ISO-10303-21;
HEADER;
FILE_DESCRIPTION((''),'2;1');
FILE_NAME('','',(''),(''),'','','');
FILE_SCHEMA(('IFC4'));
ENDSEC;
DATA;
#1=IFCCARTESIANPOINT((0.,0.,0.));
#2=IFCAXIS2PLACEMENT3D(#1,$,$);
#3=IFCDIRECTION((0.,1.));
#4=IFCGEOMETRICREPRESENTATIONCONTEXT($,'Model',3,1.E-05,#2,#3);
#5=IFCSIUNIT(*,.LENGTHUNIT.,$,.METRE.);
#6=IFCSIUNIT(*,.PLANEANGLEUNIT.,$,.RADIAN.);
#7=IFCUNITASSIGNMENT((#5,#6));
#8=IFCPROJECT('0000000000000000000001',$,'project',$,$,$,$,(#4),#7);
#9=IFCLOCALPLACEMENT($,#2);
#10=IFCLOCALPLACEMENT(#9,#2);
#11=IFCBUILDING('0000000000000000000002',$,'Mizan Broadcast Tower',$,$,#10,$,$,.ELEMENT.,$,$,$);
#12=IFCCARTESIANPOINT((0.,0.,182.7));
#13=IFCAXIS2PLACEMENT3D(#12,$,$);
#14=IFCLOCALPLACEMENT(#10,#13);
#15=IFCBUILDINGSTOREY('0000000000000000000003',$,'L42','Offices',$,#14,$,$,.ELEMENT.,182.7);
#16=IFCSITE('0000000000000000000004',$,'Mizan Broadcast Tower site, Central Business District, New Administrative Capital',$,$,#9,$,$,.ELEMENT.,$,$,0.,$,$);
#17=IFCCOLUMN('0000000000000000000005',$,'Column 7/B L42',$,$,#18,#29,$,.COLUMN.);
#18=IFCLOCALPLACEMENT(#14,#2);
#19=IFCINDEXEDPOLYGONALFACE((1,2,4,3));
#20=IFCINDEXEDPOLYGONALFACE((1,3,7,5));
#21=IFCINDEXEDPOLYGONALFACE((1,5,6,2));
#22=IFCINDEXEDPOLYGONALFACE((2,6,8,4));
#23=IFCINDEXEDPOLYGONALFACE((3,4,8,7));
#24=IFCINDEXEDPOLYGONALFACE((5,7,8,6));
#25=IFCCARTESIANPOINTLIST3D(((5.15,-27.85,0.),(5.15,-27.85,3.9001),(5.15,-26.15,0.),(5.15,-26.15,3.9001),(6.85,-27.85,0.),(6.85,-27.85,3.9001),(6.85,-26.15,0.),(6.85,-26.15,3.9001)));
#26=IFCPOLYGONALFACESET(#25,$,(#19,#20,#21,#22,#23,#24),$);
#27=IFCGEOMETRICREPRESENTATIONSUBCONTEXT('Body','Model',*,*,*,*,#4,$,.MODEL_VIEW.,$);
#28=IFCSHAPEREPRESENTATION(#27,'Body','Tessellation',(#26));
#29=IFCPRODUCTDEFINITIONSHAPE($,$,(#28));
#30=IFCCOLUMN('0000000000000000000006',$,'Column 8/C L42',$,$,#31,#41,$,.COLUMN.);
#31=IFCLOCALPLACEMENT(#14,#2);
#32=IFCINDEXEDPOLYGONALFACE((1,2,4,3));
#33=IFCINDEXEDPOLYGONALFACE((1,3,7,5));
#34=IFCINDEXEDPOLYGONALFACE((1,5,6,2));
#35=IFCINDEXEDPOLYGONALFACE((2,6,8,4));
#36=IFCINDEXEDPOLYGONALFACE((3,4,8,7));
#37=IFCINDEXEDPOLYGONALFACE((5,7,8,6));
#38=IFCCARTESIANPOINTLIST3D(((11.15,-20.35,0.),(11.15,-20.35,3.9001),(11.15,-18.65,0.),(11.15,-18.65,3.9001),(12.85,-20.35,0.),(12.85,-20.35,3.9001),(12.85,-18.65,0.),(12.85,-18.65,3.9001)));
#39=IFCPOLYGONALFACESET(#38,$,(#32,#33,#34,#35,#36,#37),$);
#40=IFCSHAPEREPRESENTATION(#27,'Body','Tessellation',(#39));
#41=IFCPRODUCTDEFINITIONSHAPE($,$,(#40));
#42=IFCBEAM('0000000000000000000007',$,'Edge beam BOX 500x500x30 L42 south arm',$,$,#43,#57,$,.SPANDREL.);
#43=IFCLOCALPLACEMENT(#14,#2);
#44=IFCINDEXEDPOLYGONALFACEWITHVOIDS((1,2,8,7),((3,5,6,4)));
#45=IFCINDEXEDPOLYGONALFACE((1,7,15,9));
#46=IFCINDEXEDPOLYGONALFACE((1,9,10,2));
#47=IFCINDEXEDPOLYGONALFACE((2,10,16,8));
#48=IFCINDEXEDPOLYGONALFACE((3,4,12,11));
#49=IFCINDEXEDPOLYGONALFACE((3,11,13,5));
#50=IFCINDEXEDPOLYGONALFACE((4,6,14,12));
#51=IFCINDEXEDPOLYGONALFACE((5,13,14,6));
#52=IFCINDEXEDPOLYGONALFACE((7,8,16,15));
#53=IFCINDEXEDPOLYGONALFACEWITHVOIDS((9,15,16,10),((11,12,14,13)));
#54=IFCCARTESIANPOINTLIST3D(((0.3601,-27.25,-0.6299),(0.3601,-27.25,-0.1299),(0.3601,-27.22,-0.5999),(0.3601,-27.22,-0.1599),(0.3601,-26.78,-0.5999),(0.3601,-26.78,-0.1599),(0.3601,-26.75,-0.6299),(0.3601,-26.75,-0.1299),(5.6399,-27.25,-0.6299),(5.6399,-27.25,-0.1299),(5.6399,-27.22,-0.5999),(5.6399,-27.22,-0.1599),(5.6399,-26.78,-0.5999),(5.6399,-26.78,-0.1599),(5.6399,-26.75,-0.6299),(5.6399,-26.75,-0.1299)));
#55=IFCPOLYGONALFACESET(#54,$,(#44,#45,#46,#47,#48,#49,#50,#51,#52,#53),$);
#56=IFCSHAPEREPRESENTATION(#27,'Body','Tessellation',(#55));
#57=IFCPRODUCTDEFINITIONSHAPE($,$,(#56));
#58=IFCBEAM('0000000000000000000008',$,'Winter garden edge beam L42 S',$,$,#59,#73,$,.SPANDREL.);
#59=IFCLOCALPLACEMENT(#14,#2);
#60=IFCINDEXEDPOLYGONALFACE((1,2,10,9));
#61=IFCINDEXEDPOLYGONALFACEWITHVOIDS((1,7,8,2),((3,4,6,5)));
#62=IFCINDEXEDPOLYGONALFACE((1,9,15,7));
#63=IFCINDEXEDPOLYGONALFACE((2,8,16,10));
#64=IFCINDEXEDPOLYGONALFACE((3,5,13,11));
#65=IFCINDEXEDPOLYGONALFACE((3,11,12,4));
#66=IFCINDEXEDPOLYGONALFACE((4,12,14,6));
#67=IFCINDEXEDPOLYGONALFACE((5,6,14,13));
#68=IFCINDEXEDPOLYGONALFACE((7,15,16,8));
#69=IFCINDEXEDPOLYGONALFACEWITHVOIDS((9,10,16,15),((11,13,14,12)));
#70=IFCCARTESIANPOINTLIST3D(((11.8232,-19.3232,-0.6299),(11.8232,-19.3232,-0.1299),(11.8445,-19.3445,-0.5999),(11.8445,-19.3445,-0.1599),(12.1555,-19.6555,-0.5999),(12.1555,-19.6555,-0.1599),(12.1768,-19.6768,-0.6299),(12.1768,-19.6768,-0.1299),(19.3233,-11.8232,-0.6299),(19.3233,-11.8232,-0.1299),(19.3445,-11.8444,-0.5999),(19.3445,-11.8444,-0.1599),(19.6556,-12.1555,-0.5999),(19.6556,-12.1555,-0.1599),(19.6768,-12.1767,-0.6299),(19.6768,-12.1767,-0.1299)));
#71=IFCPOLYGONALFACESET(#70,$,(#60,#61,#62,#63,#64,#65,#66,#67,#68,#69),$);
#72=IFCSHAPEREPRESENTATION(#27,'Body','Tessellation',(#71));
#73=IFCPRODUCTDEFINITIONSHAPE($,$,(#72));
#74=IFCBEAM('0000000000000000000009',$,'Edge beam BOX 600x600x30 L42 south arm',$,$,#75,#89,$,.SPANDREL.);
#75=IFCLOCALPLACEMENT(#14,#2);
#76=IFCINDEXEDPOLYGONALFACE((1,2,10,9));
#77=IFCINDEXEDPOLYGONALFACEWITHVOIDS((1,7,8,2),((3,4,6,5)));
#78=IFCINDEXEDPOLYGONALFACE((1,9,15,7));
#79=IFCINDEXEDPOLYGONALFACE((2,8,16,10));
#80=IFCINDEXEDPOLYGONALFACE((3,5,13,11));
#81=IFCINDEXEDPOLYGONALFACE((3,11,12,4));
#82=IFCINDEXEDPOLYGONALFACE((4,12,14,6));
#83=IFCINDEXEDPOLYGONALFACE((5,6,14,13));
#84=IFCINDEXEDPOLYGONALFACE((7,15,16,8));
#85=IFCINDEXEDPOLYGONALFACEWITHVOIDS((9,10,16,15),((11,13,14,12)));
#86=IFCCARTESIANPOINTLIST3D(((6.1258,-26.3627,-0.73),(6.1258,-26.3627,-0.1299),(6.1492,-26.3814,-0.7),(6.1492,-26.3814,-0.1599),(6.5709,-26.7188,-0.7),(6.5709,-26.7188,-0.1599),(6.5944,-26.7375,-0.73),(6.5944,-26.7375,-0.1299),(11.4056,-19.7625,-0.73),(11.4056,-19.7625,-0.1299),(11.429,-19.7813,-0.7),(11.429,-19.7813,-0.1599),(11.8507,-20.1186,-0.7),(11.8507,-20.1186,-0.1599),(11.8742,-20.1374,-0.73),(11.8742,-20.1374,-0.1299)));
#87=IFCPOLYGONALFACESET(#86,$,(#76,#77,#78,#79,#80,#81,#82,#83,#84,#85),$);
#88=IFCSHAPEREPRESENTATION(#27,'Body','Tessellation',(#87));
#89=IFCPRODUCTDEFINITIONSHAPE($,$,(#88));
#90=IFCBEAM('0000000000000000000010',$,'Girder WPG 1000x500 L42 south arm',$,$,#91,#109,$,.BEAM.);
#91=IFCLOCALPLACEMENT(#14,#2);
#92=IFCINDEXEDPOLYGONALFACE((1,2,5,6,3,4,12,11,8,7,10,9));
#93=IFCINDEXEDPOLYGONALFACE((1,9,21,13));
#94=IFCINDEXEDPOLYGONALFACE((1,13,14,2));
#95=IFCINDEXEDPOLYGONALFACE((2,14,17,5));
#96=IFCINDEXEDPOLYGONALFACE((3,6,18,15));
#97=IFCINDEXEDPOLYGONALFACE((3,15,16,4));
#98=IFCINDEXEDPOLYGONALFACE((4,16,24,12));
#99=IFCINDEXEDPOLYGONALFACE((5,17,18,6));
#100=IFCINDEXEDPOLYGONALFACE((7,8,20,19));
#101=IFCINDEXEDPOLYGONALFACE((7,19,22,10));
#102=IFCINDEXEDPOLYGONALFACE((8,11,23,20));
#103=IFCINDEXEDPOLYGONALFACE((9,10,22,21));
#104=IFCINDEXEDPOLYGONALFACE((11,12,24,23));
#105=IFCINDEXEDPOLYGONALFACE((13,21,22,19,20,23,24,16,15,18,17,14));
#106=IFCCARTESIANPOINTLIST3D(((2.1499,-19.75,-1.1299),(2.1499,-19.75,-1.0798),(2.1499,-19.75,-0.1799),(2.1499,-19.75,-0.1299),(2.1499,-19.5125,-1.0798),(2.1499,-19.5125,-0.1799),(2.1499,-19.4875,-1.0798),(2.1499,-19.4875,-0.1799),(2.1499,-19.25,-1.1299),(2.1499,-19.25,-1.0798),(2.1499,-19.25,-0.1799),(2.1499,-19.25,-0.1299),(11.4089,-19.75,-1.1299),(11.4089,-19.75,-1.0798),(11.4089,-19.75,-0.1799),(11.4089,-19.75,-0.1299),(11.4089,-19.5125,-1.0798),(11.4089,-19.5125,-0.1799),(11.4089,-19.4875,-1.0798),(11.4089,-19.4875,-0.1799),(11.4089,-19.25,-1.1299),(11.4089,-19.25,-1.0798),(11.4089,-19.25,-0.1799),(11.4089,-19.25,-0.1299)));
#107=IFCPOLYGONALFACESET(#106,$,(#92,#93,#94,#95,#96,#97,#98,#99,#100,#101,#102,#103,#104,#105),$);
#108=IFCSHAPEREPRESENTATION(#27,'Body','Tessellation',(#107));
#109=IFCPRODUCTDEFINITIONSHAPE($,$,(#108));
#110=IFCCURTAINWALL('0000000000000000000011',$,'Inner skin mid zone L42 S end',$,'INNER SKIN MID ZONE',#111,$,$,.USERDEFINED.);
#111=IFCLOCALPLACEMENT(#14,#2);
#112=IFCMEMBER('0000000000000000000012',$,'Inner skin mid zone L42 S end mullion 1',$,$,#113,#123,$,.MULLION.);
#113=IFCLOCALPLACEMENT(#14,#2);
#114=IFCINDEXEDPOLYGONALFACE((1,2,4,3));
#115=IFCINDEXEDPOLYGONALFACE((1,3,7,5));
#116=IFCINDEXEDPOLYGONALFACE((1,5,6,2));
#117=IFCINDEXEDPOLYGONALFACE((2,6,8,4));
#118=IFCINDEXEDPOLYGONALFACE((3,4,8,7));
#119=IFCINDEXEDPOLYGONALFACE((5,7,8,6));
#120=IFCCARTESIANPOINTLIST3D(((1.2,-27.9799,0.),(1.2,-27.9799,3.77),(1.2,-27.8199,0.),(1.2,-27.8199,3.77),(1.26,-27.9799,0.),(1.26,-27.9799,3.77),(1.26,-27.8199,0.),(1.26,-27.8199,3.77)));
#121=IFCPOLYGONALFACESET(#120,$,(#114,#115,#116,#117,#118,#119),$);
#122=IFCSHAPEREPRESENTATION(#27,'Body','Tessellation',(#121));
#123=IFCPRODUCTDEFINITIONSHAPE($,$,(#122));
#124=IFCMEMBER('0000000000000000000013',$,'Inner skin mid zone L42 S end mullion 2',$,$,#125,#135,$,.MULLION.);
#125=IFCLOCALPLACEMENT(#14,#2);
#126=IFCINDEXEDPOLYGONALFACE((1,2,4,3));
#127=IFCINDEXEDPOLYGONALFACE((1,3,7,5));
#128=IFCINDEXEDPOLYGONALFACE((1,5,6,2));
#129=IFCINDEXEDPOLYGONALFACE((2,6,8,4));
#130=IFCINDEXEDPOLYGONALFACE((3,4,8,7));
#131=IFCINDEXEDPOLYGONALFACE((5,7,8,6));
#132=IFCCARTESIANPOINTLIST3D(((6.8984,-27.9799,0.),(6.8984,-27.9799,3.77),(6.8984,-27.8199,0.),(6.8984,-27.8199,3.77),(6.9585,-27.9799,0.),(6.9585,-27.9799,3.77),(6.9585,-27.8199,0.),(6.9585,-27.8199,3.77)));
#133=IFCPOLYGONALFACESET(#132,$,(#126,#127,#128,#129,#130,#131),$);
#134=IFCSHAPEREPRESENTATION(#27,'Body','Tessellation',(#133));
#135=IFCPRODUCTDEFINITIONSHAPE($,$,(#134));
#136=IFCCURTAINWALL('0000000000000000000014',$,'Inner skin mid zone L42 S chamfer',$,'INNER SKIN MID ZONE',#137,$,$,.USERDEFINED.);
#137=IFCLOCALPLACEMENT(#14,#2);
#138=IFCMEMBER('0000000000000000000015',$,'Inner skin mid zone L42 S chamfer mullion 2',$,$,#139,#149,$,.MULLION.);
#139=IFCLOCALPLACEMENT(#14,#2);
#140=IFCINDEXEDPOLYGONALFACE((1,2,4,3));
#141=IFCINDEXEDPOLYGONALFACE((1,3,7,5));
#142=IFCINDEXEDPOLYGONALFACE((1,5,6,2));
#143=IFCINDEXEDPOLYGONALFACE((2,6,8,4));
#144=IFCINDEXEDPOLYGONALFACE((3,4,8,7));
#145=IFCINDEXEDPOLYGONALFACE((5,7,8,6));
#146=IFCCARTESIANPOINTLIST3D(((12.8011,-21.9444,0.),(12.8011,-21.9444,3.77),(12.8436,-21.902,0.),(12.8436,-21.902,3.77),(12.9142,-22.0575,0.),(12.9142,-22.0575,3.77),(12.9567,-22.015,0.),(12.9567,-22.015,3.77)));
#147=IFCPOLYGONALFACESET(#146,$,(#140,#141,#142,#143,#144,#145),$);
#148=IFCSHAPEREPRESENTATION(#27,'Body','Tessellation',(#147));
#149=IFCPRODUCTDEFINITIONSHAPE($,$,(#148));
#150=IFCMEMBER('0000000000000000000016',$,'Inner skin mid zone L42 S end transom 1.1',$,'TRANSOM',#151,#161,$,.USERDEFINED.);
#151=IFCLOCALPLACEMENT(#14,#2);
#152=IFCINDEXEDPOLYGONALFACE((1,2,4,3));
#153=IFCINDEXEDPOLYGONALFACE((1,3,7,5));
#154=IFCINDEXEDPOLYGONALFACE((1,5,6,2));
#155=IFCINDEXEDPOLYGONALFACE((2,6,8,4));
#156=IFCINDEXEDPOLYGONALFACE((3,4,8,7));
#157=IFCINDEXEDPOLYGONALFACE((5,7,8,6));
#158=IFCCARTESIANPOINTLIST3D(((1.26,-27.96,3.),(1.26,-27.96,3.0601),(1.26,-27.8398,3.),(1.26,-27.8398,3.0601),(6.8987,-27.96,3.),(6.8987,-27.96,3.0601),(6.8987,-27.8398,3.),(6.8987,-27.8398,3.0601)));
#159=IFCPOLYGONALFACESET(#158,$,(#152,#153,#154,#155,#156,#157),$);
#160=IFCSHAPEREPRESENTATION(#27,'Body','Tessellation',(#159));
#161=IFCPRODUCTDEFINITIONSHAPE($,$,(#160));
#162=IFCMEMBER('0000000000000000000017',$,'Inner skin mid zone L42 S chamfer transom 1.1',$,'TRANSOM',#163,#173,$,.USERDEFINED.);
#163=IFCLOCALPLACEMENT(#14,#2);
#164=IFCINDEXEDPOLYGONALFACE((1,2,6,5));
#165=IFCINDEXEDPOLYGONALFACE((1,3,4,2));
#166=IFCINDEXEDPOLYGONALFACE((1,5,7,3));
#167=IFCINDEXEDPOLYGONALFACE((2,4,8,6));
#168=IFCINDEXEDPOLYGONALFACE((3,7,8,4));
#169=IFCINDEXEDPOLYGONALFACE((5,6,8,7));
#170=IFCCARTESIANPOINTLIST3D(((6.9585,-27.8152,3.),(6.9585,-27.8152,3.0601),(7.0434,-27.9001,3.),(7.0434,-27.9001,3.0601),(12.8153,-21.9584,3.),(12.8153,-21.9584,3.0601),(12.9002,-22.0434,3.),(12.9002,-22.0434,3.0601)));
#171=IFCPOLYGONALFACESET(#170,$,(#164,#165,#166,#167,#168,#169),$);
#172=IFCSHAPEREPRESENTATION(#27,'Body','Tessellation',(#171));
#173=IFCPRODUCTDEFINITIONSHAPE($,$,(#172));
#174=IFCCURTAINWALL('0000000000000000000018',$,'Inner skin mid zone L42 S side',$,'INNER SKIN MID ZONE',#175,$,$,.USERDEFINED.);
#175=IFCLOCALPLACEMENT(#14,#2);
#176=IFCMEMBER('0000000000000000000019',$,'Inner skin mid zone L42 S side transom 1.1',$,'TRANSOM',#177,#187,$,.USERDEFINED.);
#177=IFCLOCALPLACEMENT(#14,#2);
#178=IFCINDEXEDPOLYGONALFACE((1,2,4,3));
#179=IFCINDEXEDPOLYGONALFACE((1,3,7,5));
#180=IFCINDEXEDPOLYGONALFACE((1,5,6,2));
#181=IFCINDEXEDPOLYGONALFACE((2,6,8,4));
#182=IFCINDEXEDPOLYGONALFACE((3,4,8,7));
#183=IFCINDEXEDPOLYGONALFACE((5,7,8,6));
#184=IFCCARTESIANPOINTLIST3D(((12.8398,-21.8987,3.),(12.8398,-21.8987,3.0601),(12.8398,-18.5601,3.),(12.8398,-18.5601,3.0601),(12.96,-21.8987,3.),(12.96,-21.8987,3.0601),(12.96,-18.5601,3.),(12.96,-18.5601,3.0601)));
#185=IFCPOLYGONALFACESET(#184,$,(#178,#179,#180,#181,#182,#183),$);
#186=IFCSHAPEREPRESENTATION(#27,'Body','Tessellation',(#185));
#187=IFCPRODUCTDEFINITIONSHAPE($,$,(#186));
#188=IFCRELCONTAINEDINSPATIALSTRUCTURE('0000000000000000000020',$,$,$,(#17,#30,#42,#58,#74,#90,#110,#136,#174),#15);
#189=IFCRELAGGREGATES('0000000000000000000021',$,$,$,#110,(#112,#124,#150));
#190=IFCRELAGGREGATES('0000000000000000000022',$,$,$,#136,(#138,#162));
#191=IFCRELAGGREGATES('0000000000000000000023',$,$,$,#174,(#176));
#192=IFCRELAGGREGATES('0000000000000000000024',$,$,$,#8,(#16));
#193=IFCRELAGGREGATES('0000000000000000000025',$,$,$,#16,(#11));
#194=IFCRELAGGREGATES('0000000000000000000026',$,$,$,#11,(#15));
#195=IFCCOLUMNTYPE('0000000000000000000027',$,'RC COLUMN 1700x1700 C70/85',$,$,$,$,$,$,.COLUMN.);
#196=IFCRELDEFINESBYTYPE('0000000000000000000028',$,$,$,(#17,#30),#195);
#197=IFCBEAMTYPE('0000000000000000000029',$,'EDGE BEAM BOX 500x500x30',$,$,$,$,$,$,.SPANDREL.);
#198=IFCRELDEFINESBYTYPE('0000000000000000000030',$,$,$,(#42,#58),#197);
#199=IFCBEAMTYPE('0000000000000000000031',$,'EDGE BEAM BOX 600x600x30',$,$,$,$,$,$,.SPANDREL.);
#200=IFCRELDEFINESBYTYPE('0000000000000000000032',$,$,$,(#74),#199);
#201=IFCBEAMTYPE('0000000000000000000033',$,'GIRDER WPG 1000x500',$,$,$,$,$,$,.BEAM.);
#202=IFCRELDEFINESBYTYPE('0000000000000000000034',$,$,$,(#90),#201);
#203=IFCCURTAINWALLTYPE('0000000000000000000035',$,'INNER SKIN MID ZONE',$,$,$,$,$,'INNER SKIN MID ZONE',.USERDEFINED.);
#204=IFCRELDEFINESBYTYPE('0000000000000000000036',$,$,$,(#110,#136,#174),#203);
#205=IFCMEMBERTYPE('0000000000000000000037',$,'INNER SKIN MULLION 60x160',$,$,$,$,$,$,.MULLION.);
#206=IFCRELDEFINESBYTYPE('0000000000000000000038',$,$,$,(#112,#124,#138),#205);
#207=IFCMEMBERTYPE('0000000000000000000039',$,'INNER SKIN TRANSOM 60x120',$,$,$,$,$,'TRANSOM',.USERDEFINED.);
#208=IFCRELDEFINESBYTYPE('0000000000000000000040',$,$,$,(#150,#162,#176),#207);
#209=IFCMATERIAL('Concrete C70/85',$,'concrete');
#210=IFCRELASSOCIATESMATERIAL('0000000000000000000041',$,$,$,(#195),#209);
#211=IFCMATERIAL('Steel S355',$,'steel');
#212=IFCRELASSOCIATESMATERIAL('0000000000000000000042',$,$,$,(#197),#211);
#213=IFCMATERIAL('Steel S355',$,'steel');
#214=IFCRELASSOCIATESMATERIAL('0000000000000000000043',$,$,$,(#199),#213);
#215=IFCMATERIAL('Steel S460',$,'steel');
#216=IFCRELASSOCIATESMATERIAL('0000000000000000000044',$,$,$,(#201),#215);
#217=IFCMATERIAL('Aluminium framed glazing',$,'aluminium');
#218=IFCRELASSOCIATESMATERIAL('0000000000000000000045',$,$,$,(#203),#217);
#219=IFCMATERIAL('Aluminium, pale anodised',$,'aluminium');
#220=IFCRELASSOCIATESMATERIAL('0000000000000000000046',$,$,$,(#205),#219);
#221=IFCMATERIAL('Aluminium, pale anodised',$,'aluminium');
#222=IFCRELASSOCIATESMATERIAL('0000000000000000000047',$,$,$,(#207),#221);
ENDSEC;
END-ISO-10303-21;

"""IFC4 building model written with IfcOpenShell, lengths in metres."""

from ifc_helpers import new_model, si_unit, direction, frame, origin, origin_2d, place, context, subcontext, project, spatial, rectangle, hollow_rectangle, i_section, extrude, material, material_profile, profile_set, type_object, element, aggregate, save


model = new_model("IFC4")

# Units and contexts
model_context = context("Model", 3, precision=1e-05, world=origin(), true_north=direction((0.0, 1.0)))
body_context = subcontext(model_context, "Body", "Model", "MODEL_VIEW")
ifc_project = project(units=[si_unit("LENGTHUNIT", "METRE"), si_unit("PLANEANGLEUNIT", "RADIAN")], contexts=[model_context])

# Site, building, storey
site_placement = place(None, origin())
site = spatial("IfcSite", under=ifc_project, at=site_placement, Name="Mizan Broadcast Tower site, Central Business District, New Administrative Capital", CompositionType="ELEMENT", RefElevation=0.0)
building_placement = place(site_placement, origin())
building = spatial("IfcBuilding", under=site, at=building_placement, Name="Mizan Broadcast Tower", CompositionType="ELEMENT")
storey_placement = place(building_placement, frame((0.0, 0.0, 182.7)))
storey = spatial("IfcBuildingStorey", under=building, at=storey_placement, Name="L42", Description="Offices", CompositionType="ELEMENT", Elevation=182.7)

# Columns
ifc_material_1 = material(Name="Concrete C70/85", Category="concrete")
ifc_material_profile_1 = material_profile(ifc_material_1, rectangle(XDim=1.7, YDim=1.7, at=origin_2d()), Name="RC 1700x1700")
ifc_profile_set_1 = profile_set([ifc_material_profile_1], Name="Concrete C70/85")
column_type = type_object("IfcColumnType", Name="RC COLUMN 1700x1700 C70/85", PredefinedType="COLUMN", material=ifc_profile_set_1)
for number, where, z_axis, x_axis, name in (
    (1, (6.0, -27.0, 0.0), (0.0, 0.0, 1.0), (1.0, 0.0, 0.0), "Column 7/B L42"),
    (2, (12.0, -19.5, 0.0), (0.0, 0.0, 1.0), (1.0, 0.0, 0.0), "Column 8/C L42"),
):
    element("IfcColumn", number, at=place(storey_placement, frame(where, z_axis=z_axis, x_axis=x_axis)), inside=storey, type_object=column_type, Name=name, PredefinedType="COLUMN", context=body_context, shape_type="SweptSolid", body=[
        extrude(rectangle(XDim=1.7, YDim=1.7, at=origin_2d()), origin(), (0.0, 0.0, 1.0), 3.9001),
    ])

# Beams
ifc_material_2 = material(Name="Steel S355", Category="steel")
ifc_material_profile_2 = material_profile(ifc_material_2, hollow_rectangle(XDim=0.5, YDim=0.5, WallThickness=0.03, at=origin_2d()), Name="BOX 500x500x30")
ifc_profile_set_2 = profile_set([ifc_material_profile_2], Name="Steel S355")
beam_type_1 = type_object("IfcBeamType", Name="EDGE BEAM BOX 500x500x30", PredefinedType="SPANDREL", material=ifc_profile_set_2)
beam_1_placement = place(storey_placement, frame((5.6399, -27.0, -0.3799), z_axis=(-1.0, 0.0, 0.0), x_axis=(0.0, -1.0, 0.0)))
element("IfcBeam", 3, at=beam_1_placement, inside=storey, type_object=beam_type_1, Name="Edge beam BOX 500x500x30 L42 south arm", PredefinedType="SPANDREL", context=body_context, shape_type="SweptSolid", body=[
    extrude(hollow_rectangle(XDim=0.5, YDim=0.5, WallThickness=0.03, at=origin_2d()), origin(), (0.0, 0.0, 1.0), 5.2798),
])
beam_2_placement = place(storey_placement, frame((12.0, -19.5, -0.3799), z_axis=(0.707107, 0.707107, 0.0), x_axis=(-0.707107, 0.707107, 0.0)))
element("IfcBeam", 4, at=beam_2_placement, inside=storey, type_object=beam_type_1, Name="Winter garden edge beam L42 S", PredefinedType="SPANDREL", context=body_context, shape_type="SweptSolid", body=[
    extrude(hollow_rectangle(XDim=0.5, YDim=0.5, WallThickness=0.03, at=origin_2d()), origin(), (0.0, 0.0, 1.0), 10.6067),
])
ifc_material_3 = material(Name="Steel S355", Category="steel")
ifc_material_profile_3 = material_profile(ifc_material_3, hollow_rectangle(XDim=0.6001, YDim=0.6001, WallThickness=0.03, at=origin_2d()), Name="BOX 600x600x30")
ifc_profile_set_3 = profile_set([ifc_material_profile_3], Name="Steel S355")
beam_type_2 = type_object("IfcBeamType", Name="EDGE BEAM BOX 600x600x30", PredefinedType="SPANDREL", material=ifc_profile_set_3)
beam_3_placement = place(storey_placement, frame((11.6399, -19.95, -0.4299), z_axis=(-0.624674, -0.780886, 0.0), x_axis=(0.780886, -0.624674, 0.0)))
element("IfcBeam", 5, at=beam_3_placement, inside=storey, type_object=beam_type_2, Name="Edge beam BOX 600x600x30 L42 south arm", PredefinedType="SPANDREL", context=body_context, shape_type="SweptSolid", body=[
    extrude(hollow_rectangle(XDim=0.6001, YDim=0.6001, WallThickness=0.03, at=origin_2d()), origin(), (0.0, 0.0, 1.0), 8.4521),
])
ifc_material_4 = material(Name="Steel S460", Category="steel")
ifc_material_profile_4 = material_profile(ifc_material_4, i_section(OverallWidth=0.5, OverallDepth=1.0, WebThickness=0.0249, FlangeThickness=0.05, at=origin_2d()), Name="WPG 1000x500")
ifc_profile_set_4 = profile_set([ifc_material_profile_4], Name="Steel S460")
beam_type_3 = type_object("IfcBeamType", Name="GIRDER WPG 1000x500", PredefinedType="BEAM", material=ifc_profile_set_4)
beam_4_placement = place(storey_placement, frame((11.4089, -19.5, -0.6299), z_axis=(-1.0, 0.0, 0.0), x_axis=(0.0, -1.0, 0.0)))
element("IfcBeam", 6, at=beam_4_placement, inside=storey, type_object=beam_type_3, Name="Girder WPG 1000x500 L42 south arm", PredefinedType="BEAM", context=body_context, shape_type="SweptSolid", body=[
    extrude(i_section(OverallWidth=0.5, OverallDepth=1.0, WebThickness=0.0249, FlangeThickness=0.05, at=origin_2d()), origin(), (0.0, 0.0, 1.0), 9.259),
])

# Curtain wall, members
ifc_material_5 = material(Name="Aluminium framed glazing", Category="aluminium")
curtain_wall_type_1 = type_object("IfcCurtainWallType", Name="INNER SKIN MID ZONE", ElementType="INNER SKIN MID ZONE", PredefinedType="USERDEFINED", material=ifc_material_5)
curtain_wall_1_placement = place(storey_placement, origin())
curtain_wall_1 = element("IfcCurtainWall", 7, at=curtain_wall_1_placement, inside=storey, type_object=curtain_wall_type_1, Name="Inner skin mid zone L42 S end", ObjectType="INNER SKIN MID ZONE", PredefinedType="USERDEFINED")
ifc_material_6 = material(Name="Aluminium, pale anodised", Category="aluminium")
ifc_material_profile_5 = material_profile(ifc_material_6, rectangle(XDim=0.1599, YDim=0.0601, at=origin_2d()), Name="MULLION 160x60")
ifc_profile_set_5 = profile_set([ifc_material_profile_5], Name="Aluminium, pale anodised")
member_type_1 = type_object("IfcMemberType", Name="INNER SKIN MULLION 60x160", PredefinedType="MULLION", material=ifc_profile_set_5)
member_1_placement = place(storey_placement, frame((1.23, -27.8999, 0.0), z_axis=(0.0, 0.0, 1.0), x_axis=(0.0, 1.0, 0.0)))
member_1 = element("IfcMember", 8, at=member_1_placement, type_object=member_type_1, Name="Inner skin mid zone L42 S end mullion 1", PredefinedType="MULLION", context=body_context, shape_type="SweptSolid", body=[
    extrude(rectangle(XDim=0.1599, YDim=0.0601, at=origin_2d()), origin(), (0.0, 0.0, 1.0), 3.77),
])
member_2_placement = place(storey_placement, frame((6.9285, -27.8999, 0.0), z_axis=(0.0, 0.0, 1.0), x_axis=(0.0, 1.0, 0.0)))
member_2 = element("IfcMember", 9, at=member_2_placement, type_object=member_type_1, Name="Inner skin mid zone L42 S end mullion 2", PredefinedType="MULLION", context=body_context, shape_type="SweptSolid", body=[
    extrude(rectangle(XDim=0.1599, YDim=0.0601, at=origin_2d()), origin(), (0.0, 0.0, 1.0), 3.77),
])

# Curtain wall, member
curtain_wall_2_placement = place(storey_placement, origin())
curtain_wall_2 = element("IfcCurtainWall", 10, at=curtain_wall_2_placement, inside=storey, type_object=curtain_wall_type_1, Name="Inner skin mid zone L42 S chamfer", ObjectType="INNER SKIN MID ZONE", PredefinedType="USERDEFINED")
member_3_placement = place(storey_placement, frame((12.8789, -21.9797, 0.0), z_axis=(0.0, 0.0, 1.0), x_axis=(-0.707107, 0.707107, 0.0)))
member_3 = element("IfcMember", 11, at=member_3_placement, type_object=member_type_1, Name="Inner skin mid zone L42 S chamfer mullion 2", PredefinedType="MULLION", context=body_context, shape_type="SweptSolid", body=[
    extrude(rectangle(XDim=0.1599, YDim=0.0601, at=origin_2d()), origin(), (0.0, 0.0, 1.0), 3.77),
])

# Members
ifc_material_7 = material(Name="Aluminium, pale anodised", Category="aluminium")
ifc_material_profile_6 = material_profile(ifc_material_7, rectangle(XDim=0.1201, YDim=0.0601, at=origin_2d()), Name="TRANSOM 120x60")
ifc_profile_set_6 = profile_set([ifc_material_profile_6], Name="Aluminium, pale anodised")
member_type_2 = type_object("IfcMemberType", Name="INNER SKIN TRANSOM 60x120", ElementType="TRANSOM", PredefinedType="USERDEFINED", material=ifc_profile_set_6)
member_4_placement = place(storey_placement, frame((1.26, -27.8999, 3.03), z_axis=(1.0, 0.0, 0.0), x_axis=(0.0, 1.0, 0.0)))
member_4 = element("IfcMember", 12, at=member_4_placement, type_object=member_type_2, Name="Inner skin mid zone L42 S end transom 1.1", ObjectType="TRANSOM", PredefinedType="USERDEFINED", context=body_context, shape_type="SweptSolid", body=[
    extrude(rectangle(XDim=0.1201, YDim=0.0601, at=origin_2d()), origin(), (0.0, 0.0, 1.0), 5.6387),
])
member_5_placement = place(storey_placement, frame((7.001, -27.8577, 3.03), z_axis=(0.707107, 0.707107, 0.0), x_axis=(-0.707107, 0.707107, 0.0)))
member_5 = element("IfcMember", 13, at=member_5_placement, type_object=member_type_2, Name="Inner skin mid zone L42 S chamfer transom 1.1", ObjectType="TRANSOM", PredefinedType="USERDEFINED", context=body_context, shape_type="SweptSolid", body=[
    extrude(rectangle(XDim=0.1201, YDim=0.0601, at=origin_2d()), origin(), (0.0, 0.0, 1.0), 8.2827),
])

# Curtain wall, member
curtain_wall_3_placement = place(storey_placement, origin())
curtain_wall_3 = element("IfcCurtainWall", 14, at=curtain_wall_3_placement, inside=storey, type_object=curtain_wall_type_1, Name="Inner skin mid zone L42 S side", ObjectType="INNER SKIN MID ZONE", PredefinedType="USERDEFINED")
member_6_placement = place(storey_placement, frame((12.8999, -21.8987, 3.03), z_axis=(0.0, 1.0, 0.0), x_axis=(-1.0, 0.0, 0.0)))
member_6 = element("IfcMember", 15, at=member_6_placement, type_object=member_type_2, Name="Inner skin mid zone L42 S side transom 1.1", ObjectType="TRANSOM", PredefinedType="USERDEFINED", context=body_context, shape_type="SweptSolid", body=[
    extrude(rectangle(XDim=0.1201, YDim=0.0601, at=origin_2d()), origin(), (0.0, 0.0, 1.0), 3.3386),
])

aggregate(curtain_wall_1, [member_1, member_2, member_4])
aggregate(curtain_wall_2, [member_3, member_5])
aggregate(curtain_wall_3, [member_6])

save(model, "model.ifc")
